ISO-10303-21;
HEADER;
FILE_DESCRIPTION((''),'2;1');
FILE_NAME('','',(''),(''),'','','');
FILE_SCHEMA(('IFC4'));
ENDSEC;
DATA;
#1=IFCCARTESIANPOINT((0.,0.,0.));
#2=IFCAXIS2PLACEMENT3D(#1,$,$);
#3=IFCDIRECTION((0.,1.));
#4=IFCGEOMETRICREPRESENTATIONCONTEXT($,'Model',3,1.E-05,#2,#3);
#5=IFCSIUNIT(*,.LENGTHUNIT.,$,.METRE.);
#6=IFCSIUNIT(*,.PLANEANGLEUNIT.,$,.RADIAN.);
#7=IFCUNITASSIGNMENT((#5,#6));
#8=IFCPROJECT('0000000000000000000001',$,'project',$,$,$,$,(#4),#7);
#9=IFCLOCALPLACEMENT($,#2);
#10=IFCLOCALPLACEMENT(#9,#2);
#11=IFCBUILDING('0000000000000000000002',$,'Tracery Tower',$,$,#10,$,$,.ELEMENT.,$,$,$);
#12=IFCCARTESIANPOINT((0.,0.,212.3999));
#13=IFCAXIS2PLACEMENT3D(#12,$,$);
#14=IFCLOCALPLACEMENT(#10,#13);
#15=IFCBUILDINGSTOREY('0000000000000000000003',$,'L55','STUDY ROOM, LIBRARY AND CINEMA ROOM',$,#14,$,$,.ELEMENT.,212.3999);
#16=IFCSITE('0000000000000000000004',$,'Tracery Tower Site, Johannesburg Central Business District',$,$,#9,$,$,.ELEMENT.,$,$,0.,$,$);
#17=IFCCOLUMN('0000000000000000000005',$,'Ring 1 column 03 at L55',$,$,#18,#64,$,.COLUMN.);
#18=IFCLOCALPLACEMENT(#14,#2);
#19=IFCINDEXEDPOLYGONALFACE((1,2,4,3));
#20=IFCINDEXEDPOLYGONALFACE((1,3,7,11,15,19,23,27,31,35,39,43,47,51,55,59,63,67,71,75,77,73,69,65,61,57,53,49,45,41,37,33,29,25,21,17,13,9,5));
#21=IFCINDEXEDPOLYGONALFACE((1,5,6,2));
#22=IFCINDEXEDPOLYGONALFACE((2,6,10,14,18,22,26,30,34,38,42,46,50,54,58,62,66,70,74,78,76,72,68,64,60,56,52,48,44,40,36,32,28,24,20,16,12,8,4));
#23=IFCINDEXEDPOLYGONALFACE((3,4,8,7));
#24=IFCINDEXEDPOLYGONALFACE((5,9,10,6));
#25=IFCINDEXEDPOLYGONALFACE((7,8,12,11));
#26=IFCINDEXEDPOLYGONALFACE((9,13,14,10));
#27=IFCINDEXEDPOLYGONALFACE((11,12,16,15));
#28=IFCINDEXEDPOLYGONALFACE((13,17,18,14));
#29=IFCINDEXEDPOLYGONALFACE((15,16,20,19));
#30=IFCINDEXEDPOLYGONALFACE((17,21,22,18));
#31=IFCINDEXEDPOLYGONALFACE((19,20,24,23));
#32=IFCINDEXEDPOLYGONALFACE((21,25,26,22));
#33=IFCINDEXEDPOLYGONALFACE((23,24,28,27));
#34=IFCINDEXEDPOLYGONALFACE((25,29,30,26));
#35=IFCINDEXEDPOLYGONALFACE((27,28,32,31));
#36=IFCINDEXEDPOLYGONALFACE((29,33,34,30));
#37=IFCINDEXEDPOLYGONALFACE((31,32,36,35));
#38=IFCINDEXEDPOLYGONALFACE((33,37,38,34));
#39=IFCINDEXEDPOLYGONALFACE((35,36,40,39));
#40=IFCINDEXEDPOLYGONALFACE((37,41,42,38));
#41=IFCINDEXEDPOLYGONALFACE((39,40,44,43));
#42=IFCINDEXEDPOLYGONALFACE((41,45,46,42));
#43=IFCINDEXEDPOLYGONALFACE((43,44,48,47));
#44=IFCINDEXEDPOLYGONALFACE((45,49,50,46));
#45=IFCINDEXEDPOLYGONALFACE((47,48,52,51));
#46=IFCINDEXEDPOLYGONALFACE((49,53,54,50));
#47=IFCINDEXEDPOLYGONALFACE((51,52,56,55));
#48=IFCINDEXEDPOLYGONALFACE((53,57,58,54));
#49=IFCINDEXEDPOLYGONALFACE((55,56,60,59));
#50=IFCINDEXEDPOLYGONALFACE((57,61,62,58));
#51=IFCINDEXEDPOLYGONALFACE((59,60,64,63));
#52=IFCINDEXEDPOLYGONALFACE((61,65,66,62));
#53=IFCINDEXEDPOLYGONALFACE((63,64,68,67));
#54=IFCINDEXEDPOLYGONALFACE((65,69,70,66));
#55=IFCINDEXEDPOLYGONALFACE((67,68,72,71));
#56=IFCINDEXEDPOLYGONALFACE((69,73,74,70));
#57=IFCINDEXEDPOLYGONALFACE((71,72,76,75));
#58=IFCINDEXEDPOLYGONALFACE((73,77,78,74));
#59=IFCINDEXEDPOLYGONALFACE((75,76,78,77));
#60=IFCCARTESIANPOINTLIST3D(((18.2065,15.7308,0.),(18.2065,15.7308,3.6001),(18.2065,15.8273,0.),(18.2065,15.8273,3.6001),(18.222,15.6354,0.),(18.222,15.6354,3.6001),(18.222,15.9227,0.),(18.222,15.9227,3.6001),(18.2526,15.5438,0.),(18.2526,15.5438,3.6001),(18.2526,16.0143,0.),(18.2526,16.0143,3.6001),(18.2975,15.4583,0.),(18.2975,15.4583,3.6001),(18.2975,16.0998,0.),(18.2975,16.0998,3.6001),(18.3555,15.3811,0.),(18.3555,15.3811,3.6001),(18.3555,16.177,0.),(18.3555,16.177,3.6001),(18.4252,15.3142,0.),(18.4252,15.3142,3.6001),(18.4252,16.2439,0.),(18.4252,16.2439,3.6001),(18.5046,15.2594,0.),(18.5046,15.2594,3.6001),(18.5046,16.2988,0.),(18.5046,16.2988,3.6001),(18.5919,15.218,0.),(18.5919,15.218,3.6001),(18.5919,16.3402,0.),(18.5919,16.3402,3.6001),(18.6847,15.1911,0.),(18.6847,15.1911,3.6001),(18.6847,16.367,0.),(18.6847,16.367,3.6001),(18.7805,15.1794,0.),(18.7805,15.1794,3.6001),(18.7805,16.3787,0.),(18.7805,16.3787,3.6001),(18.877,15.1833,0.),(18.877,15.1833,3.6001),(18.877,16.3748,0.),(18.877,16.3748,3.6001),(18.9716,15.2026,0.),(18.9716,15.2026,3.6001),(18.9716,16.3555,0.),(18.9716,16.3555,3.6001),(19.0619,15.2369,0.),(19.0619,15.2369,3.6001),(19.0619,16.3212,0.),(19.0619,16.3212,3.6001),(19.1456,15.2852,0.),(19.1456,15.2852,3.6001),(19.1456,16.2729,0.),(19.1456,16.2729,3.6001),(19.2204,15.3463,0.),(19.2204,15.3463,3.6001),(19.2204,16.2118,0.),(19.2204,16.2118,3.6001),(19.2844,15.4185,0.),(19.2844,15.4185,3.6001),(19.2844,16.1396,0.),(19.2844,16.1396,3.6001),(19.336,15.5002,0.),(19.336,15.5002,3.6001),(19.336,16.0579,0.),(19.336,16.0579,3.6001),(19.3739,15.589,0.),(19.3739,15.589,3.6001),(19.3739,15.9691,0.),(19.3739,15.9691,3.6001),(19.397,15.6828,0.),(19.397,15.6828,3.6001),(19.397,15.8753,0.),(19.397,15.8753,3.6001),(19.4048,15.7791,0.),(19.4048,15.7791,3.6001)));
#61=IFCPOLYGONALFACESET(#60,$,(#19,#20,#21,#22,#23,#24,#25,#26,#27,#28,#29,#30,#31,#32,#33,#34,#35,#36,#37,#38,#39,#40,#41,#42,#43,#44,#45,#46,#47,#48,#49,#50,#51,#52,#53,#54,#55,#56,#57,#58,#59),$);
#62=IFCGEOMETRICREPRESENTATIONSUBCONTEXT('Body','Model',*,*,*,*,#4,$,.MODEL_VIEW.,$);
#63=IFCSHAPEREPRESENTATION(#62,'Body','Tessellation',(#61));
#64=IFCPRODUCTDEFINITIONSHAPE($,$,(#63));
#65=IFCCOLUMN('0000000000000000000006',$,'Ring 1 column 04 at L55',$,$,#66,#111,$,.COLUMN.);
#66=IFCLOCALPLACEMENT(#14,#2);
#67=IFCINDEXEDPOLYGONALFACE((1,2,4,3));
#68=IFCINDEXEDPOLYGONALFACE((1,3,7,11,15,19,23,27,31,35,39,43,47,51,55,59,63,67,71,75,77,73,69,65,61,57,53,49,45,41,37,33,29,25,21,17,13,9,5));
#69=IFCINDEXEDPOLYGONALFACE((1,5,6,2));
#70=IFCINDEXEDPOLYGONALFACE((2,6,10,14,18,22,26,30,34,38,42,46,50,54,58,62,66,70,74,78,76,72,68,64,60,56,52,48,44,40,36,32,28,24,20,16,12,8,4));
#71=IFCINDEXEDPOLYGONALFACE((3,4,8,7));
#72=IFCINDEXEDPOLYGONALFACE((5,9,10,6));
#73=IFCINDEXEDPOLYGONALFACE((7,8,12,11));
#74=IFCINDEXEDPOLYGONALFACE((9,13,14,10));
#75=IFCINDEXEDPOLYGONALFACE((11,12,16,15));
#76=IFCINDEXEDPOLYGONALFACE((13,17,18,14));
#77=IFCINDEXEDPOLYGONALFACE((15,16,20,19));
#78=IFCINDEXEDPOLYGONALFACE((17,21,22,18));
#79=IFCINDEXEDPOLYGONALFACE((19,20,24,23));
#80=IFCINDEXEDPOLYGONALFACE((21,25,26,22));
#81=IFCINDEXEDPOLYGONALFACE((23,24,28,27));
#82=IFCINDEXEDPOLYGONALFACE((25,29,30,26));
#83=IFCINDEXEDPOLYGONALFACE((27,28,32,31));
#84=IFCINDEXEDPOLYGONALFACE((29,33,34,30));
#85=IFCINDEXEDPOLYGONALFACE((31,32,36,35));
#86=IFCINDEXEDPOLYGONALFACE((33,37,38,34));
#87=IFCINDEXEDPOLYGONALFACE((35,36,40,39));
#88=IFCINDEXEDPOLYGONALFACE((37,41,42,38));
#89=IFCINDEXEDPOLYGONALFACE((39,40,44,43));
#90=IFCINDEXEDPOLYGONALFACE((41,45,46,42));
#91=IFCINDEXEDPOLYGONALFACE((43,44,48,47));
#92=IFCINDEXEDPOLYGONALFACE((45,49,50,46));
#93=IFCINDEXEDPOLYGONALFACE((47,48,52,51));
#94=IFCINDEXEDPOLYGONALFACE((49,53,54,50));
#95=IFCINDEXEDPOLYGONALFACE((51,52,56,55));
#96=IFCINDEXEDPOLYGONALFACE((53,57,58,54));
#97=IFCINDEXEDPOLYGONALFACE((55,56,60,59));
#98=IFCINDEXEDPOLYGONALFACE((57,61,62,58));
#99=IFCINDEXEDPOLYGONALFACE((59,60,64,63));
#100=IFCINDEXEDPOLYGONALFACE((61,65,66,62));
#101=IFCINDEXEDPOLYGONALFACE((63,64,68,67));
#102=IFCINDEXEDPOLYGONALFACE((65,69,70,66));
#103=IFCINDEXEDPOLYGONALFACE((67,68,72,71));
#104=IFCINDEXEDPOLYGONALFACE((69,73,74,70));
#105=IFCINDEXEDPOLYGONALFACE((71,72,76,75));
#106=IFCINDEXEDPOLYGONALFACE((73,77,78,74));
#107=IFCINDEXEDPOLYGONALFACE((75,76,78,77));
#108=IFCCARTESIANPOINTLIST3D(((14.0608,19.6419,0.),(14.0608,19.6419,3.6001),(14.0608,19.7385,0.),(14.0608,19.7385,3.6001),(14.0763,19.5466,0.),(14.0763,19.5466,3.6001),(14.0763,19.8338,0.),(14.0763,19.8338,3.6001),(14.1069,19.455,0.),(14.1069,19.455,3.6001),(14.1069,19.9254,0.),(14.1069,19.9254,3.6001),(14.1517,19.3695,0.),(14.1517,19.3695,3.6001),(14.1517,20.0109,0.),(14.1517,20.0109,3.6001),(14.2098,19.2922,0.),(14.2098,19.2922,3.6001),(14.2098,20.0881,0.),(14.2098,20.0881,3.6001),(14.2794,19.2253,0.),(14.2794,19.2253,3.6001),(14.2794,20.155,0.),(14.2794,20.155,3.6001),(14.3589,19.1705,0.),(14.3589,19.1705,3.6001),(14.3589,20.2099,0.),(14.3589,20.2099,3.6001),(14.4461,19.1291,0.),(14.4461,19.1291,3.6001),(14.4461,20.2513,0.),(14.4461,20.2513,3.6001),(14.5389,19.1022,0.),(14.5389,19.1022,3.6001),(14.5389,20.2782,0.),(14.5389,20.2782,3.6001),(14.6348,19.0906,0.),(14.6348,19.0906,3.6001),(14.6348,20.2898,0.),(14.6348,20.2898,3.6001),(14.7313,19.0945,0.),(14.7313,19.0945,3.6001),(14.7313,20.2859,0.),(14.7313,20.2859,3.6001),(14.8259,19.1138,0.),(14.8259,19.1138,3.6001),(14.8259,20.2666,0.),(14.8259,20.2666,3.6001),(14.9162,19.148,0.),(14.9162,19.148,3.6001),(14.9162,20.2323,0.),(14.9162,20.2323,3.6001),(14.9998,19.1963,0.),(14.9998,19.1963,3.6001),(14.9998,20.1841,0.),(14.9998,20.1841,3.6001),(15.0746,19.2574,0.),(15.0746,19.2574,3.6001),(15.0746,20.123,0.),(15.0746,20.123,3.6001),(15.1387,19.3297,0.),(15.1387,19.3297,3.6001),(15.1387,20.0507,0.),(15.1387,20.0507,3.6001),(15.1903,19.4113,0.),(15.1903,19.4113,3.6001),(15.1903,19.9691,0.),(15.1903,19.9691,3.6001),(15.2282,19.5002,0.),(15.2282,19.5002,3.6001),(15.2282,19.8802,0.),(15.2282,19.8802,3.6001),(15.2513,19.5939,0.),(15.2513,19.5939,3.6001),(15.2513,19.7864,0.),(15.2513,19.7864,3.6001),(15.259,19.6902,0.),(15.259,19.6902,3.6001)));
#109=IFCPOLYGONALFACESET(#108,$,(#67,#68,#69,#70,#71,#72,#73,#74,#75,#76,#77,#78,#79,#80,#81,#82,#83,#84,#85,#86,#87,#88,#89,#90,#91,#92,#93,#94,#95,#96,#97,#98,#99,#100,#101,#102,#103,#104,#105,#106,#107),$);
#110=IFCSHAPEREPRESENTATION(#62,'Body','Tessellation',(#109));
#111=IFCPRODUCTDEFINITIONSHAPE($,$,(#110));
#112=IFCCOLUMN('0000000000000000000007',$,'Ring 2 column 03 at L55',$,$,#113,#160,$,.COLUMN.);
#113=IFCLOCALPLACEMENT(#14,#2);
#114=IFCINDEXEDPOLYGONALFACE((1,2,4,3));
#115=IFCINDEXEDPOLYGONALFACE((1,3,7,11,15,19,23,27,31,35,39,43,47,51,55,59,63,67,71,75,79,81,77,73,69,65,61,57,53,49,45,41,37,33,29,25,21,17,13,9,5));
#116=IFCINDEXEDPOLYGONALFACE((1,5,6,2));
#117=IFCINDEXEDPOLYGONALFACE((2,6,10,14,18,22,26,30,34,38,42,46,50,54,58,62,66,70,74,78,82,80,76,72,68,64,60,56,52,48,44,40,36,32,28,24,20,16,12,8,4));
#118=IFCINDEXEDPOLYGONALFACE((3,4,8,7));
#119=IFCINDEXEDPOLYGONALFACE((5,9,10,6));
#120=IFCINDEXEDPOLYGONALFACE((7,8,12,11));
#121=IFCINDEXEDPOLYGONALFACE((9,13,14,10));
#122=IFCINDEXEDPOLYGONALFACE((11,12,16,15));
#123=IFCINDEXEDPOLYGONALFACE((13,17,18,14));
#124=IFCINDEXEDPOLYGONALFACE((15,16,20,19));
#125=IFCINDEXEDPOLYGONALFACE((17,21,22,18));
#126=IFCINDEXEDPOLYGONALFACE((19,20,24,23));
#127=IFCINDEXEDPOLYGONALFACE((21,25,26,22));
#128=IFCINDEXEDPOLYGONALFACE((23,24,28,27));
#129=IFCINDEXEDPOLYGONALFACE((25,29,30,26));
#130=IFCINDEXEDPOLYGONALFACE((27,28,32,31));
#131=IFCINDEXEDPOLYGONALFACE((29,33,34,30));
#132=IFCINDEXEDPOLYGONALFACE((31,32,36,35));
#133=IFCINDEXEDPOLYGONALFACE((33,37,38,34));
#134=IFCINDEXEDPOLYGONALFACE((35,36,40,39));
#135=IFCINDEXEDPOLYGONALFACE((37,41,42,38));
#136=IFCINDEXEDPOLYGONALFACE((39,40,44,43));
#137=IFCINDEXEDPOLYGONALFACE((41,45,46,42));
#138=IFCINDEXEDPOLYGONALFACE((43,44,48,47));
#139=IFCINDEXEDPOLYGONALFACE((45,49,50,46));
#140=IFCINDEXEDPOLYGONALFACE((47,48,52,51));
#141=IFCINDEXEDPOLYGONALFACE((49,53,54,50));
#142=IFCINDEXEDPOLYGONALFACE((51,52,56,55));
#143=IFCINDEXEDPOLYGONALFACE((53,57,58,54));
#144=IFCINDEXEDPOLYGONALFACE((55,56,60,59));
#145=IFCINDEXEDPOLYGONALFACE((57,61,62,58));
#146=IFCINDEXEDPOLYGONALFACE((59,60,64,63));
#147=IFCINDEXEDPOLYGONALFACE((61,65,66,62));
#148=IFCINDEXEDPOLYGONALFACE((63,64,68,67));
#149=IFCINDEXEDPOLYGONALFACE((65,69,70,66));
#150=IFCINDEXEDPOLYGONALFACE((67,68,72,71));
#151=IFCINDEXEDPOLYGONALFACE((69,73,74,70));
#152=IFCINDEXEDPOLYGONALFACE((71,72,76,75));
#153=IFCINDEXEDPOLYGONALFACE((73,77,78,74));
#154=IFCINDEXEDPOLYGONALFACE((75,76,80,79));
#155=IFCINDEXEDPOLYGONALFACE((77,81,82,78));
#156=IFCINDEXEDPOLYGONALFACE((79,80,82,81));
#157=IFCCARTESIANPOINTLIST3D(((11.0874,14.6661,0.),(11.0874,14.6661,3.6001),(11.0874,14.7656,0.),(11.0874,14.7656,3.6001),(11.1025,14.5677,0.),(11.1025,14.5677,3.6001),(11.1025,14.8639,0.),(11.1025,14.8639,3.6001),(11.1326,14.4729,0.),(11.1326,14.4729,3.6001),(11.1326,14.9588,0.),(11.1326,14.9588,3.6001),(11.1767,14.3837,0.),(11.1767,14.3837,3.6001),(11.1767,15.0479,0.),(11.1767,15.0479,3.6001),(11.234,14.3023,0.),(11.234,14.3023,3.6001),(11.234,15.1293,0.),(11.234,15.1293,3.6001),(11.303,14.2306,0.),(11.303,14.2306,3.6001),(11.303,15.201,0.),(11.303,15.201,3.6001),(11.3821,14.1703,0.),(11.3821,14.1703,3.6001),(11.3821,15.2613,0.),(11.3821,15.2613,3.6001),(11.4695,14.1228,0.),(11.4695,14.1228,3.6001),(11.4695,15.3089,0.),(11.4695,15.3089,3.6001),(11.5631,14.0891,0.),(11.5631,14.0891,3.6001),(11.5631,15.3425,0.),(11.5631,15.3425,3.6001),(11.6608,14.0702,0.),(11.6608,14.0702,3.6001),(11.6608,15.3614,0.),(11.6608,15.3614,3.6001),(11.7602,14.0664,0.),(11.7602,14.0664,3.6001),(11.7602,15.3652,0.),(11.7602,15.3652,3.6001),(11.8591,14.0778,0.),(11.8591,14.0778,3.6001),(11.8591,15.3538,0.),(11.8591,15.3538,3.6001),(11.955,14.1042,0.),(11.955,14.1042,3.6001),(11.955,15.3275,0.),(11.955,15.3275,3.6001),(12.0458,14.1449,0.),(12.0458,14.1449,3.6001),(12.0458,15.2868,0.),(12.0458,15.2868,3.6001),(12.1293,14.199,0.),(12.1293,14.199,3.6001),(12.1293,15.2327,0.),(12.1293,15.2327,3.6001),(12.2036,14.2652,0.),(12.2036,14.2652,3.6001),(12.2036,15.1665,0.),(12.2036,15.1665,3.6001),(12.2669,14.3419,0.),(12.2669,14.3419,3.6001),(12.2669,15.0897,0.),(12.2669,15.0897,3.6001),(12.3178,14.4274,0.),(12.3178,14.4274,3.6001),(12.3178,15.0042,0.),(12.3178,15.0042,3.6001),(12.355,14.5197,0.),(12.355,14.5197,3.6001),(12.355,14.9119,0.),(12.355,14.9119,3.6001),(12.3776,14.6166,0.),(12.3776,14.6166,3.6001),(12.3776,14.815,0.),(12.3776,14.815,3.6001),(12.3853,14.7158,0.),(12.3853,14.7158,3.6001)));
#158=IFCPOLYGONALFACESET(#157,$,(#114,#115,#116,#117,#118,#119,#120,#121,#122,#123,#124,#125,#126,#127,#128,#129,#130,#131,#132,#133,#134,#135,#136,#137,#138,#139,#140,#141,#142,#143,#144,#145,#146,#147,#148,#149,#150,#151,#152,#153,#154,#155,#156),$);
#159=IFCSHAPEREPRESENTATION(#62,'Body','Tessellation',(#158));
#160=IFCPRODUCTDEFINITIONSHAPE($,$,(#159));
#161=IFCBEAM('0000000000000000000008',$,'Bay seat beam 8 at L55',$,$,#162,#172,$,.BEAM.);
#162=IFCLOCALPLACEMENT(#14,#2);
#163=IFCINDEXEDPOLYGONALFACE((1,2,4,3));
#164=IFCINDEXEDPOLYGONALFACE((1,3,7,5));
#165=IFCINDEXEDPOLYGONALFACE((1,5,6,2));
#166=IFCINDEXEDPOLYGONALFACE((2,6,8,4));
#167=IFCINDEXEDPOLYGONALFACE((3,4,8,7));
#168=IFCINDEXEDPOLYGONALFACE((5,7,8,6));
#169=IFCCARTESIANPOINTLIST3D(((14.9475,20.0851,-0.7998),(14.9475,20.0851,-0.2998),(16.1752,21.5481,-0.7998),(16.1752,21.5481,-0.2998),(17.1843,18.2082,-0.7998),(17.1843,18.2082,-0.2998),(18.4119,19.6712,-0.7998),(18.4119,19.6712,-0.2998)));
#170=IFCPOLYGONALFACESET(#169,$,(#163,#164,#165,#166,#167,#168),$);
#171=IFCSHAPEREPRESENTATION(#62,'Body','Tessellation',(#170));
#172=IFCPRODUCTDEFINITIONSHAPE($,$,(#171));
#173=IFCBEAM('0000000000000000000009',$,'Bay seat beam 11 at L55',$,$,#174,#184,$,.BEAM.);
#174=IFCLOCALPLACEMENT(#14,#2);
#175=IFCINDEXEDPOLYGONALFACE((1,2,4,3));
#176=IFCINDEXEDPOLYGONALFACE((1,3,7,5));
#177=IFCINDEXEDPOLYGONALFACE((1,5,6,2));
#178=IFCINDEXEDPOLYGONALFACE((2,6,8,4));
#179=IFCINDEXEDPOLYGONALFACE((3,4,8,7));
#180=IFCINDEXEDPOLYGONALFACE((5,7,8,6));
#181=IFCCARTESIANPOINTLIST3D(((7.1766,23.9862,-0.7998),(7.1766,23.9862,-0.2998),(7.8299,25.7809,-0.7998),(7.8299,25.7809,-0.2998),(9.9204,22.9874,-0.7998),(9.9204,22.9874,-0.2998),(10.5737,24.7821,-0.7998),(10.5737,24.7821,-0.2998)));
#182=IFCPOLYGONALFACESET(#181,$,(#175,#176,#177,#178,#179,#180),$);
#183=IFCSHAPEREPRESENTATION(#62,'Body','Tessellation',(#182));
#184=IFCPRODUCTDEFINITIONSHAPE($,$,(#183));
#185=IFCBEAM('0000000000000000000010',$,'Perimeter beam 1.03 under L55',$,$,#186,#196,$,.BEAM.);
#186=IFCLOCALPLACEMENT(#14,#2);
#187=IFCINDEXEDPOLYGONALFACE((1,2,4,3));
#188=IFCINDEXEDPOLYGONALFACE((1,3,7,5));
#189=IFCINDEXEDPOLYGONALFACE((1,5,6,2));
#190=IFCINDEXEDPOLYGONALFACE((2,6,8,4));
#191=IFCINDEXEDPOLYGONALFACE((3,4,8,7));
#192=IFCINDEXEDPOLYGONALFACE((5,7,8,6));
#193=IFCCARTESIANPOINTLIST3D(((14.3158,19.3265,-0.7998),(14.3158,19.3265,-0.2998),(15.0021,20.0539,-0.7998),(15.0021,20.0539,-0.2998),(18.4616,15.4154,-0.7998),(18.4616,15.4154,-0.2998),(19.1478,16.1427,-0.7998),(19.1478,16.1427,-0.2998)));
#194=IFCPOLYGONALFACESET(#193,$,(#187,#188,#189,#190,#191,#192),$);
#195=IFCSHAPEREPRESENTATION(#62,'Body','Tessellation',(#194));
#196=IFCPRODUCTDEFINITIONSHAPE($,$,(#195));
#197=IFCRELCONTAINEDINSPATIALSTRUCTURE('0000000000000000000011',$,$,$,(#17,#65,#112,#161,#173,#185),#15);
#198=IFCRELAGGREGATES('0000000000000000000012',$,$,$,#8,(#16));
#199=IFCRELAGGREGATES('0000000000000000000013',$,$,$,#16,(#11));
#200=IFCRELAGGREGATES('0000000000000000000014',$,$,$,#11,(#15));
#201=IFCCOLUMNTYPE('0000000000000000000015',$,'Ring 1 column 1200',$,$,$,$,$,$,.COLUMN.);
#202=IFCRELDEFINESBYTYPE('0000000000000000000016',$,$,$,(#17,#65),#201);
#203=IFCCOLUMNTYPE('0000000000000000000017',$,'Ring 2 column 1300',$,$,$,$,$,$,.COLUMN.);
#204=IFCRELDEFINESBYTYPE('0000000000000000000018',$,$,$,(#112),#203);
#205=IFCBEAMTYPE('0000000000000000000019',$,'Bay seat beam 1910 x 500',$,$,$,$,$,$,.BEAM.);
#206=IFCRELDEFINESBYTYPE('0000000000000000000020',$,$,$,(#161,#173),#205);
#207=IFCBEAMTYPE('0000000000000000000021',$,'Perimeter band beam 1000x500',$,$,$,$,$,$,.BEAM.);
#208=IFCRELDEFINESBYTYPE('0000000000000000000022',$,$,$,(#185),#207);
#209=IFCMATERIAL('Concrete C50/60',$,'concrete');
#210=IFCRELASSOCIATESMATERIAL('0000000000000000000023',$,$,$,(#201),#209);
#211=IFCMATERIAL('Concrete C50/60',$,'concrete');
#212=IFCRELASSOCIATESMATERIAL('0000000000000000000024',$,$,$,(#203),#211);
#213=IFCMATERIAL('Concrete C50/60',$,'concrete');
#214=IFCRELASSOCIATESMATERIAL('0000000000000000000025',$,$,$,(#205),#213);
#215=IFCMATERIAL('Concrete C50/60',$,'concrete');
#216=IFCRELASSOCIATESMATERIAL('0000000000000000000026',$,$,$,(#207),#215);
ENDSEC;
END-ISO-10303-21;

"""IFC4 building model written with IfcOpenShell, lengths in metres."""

from ifc_helpers import new_model, si_unit, direction, frame, origin, origin_2d, place, context, subcontext, project, spatial, rectangle, circle, extrude, material, material_profile, profile_set, type_object, element, save


model = new_model("IFC4")

# Units and contexts
model_context = context("Model", 3, precision=1e-05, world=origin(), true_north=direction((0.0, 1.0)))
body_context = subcontext(model_context, "Body", "Model", "MODEL_VIEW")
ifc_project = project(units=[si_unit("LENGTHUNIT", "METRE"), si_unit("PLANEANGLEUNIT", "RADIAN")], contexts=[model_context])

# Site, building, storey
site_placement = place(None, origin())
site = spatial("IfcSite", under=ifc_project, at=site_placement, Name="Tracery Tower Site, Johannesburg Central Business District", CompositionType="ELEMENT", RefElevation=0.0)
building_placement = place(site_placement, origin())
building = spatial("IfcBuilding", under=site, at=building_placement, Name="Tracery Tower", CompositionType="ELEMENT")
storey_placement = place(building_placement, frame((0.0, 0.0, 212.3999)))
storey = spatial("IfcBuildingStorey", under=building, at=storey_placement, Name="L55", Description="STUDY ROOM, LIBRARY AND CINEMA ROOM", CompositionType="ELEMENT", Elevation=212.3999)

# Columns
ifc_material_1 = material(Name="Concrete C50/60", Category="concrete")
ifc_material_profile_1 = material_profile(ifc_material_1, circle(Radius=0.6001, at=origin_2d()), Name="RC D1200")
ifc_profile_set_1 = profile_set([ifc_material_profile_1], Name="Concrete C50/60")
column_type_1 = type_object("IfcColumnType", Name="Ring 1 column 1200", PredefinedType="COLUMN", material=ifc_profile_set_1)
for number, where, z_axis, x_axis, name in (
    (1, (18.8047, 15.7791, 0.0), (0.0, 0.0, 1.0), (1.0, 0.0, 0.0), "Ring 1 column 03 at L55"),
    (2, (14.6589, 19.6902, 0.0), (0.0, 0.0, 1.0), (1.0, 0.0, 0.0), "Ring 1 column 04 at L55"),
):
    element("IfcColumn", number, at=place(storey_placement, frame(where, z_axis=z_axis, x_axis=x_axis)), inside=storey, type_object=column_type_1, Name=name, PredefinedType="COLUMN", context=body_context, shape_type="SweptSolid", body=[
        extrude(circle(Radius=0.6001, at=origin_2d()), origin(), (0.0, 0.0, 1.0), 3.6001),
    ])
ifc_material_2 = material(Name="Concrete C50/60", Category="concrete")
ifc_material_profile_2 = material_profile(ifc_material_2, circle(Radius=0.6499, at=origin_2d()), Name="RC D1300")
ifc_profile_set_2 = profile_set([ifc_material_profile_2], Name="Concrete C50/60")
column_type_2 = type_object("IfcColumnType", Name="Ring 2 column 1300", PredefinedType="COLUMN", material=ifc_profile_set_2)
column_placement = place(storey_placement, frame((11.7354, 14.7158, 0.0), z_axis=(0.0, 0.0, 1.0), x_axis=(1.0, 0.0, 0.0)))
element("IfcColumn", 3, at=column_placement, inside=storey, type_object=column_type_2, Name="Ring 2 column 03 at L55", PredefinedType="COLUMN", context=body_context, shape_type="SweptSolid", body=[
    extrude(circle(Radius=0.6499, at=origin_2d()), origin(), (0.0, 0.0, 1.0), 3.6001),
])

# Beams
ifc_material_3 = material(Name="Concrete C50/60", Category="concrete")
ifc_material_profile_3 = material_profile(ifc_material_3, rectangle(XDim=1.9099, YDim=0.5, at=origin_2d()), Name="RC 1910x500")
ifc_profile_set_3 = profile_set([ifc_material_profile_3], Name="Concrete C50/60")
beam_type_1 = type_object("IfcBeamType", Name="Bay seat beam 1910 x 500", PredefinedType="BEAM", material=ifc_profile_set_3)
for number, where, z_axis, x_axis, name in (
    (4, (17.7981, 18.9397, -0.5498), (-0.766037, 0.642796, 0.0), (-0.642796, -0.766037, 0.0), "Bay seat beam 8 at L55"),
    (5, (10.2471, 23.8848, -0.5498), (-0.939684, 0.342045, 0.0), (-0.342045, -0.939684, 0.0), "Bay seat beam 11 at L55"),
):
    element("IfcBeam", number, at=place(storey_placement, frame(where, z_axis=z_axis, x_axis=x_axis)), inside=storey, type_object=beam_type_1, Name=name, PredefinedType="BEAM", context=body_context, shape_type="SweptSolid", body=[
        extrude(rectangle(XDim=1.9099, YDim=0.5, at=origin_2d()), origin(), (0.0, 0.0, 1.0), 2.9199),
    ])
ifc_material_4 = material(Name="Concrete C50/60", Category="concrete")
ifc_material_profile_4 = material_profile(ifc_material_4, rectangle(XDim=1.0, YDim=0.5, at=origin_2d()), Name="RC 1000x500")
ifc_profile_set_4 = profile_set([ifc_material_profile_4], Name="Concrete C50/60")
beam_type_2 = type_object("IfcBeamType", Name="Perimeter band beam 1000x500", PredefinedType="BEAM", material=ifc_profile_set_4)
beam_1_placement = place(storey_placement, frame((18.8047, 15.7791, -0.5498), z_axis=(-0.72739, 0.686225, 0.0), x_axis=(-0.686225, -0.72739, 0.0)))
element("IfcBeam", 6, at=beam_1_placement, inside=storey, type_object=beam_type_2, Name="Perimeter beam 1.03 under L55", PredefinedType="BEAM", context=body_context, shape_type="SweptSolid", body=[
    extrude(rectangle(XDim=1.0, YDim=0.5, at=origin_2d()), origin(), (0.0, 0.0, 1.0), 5.6995),
])

save(model, "model.ifc")
